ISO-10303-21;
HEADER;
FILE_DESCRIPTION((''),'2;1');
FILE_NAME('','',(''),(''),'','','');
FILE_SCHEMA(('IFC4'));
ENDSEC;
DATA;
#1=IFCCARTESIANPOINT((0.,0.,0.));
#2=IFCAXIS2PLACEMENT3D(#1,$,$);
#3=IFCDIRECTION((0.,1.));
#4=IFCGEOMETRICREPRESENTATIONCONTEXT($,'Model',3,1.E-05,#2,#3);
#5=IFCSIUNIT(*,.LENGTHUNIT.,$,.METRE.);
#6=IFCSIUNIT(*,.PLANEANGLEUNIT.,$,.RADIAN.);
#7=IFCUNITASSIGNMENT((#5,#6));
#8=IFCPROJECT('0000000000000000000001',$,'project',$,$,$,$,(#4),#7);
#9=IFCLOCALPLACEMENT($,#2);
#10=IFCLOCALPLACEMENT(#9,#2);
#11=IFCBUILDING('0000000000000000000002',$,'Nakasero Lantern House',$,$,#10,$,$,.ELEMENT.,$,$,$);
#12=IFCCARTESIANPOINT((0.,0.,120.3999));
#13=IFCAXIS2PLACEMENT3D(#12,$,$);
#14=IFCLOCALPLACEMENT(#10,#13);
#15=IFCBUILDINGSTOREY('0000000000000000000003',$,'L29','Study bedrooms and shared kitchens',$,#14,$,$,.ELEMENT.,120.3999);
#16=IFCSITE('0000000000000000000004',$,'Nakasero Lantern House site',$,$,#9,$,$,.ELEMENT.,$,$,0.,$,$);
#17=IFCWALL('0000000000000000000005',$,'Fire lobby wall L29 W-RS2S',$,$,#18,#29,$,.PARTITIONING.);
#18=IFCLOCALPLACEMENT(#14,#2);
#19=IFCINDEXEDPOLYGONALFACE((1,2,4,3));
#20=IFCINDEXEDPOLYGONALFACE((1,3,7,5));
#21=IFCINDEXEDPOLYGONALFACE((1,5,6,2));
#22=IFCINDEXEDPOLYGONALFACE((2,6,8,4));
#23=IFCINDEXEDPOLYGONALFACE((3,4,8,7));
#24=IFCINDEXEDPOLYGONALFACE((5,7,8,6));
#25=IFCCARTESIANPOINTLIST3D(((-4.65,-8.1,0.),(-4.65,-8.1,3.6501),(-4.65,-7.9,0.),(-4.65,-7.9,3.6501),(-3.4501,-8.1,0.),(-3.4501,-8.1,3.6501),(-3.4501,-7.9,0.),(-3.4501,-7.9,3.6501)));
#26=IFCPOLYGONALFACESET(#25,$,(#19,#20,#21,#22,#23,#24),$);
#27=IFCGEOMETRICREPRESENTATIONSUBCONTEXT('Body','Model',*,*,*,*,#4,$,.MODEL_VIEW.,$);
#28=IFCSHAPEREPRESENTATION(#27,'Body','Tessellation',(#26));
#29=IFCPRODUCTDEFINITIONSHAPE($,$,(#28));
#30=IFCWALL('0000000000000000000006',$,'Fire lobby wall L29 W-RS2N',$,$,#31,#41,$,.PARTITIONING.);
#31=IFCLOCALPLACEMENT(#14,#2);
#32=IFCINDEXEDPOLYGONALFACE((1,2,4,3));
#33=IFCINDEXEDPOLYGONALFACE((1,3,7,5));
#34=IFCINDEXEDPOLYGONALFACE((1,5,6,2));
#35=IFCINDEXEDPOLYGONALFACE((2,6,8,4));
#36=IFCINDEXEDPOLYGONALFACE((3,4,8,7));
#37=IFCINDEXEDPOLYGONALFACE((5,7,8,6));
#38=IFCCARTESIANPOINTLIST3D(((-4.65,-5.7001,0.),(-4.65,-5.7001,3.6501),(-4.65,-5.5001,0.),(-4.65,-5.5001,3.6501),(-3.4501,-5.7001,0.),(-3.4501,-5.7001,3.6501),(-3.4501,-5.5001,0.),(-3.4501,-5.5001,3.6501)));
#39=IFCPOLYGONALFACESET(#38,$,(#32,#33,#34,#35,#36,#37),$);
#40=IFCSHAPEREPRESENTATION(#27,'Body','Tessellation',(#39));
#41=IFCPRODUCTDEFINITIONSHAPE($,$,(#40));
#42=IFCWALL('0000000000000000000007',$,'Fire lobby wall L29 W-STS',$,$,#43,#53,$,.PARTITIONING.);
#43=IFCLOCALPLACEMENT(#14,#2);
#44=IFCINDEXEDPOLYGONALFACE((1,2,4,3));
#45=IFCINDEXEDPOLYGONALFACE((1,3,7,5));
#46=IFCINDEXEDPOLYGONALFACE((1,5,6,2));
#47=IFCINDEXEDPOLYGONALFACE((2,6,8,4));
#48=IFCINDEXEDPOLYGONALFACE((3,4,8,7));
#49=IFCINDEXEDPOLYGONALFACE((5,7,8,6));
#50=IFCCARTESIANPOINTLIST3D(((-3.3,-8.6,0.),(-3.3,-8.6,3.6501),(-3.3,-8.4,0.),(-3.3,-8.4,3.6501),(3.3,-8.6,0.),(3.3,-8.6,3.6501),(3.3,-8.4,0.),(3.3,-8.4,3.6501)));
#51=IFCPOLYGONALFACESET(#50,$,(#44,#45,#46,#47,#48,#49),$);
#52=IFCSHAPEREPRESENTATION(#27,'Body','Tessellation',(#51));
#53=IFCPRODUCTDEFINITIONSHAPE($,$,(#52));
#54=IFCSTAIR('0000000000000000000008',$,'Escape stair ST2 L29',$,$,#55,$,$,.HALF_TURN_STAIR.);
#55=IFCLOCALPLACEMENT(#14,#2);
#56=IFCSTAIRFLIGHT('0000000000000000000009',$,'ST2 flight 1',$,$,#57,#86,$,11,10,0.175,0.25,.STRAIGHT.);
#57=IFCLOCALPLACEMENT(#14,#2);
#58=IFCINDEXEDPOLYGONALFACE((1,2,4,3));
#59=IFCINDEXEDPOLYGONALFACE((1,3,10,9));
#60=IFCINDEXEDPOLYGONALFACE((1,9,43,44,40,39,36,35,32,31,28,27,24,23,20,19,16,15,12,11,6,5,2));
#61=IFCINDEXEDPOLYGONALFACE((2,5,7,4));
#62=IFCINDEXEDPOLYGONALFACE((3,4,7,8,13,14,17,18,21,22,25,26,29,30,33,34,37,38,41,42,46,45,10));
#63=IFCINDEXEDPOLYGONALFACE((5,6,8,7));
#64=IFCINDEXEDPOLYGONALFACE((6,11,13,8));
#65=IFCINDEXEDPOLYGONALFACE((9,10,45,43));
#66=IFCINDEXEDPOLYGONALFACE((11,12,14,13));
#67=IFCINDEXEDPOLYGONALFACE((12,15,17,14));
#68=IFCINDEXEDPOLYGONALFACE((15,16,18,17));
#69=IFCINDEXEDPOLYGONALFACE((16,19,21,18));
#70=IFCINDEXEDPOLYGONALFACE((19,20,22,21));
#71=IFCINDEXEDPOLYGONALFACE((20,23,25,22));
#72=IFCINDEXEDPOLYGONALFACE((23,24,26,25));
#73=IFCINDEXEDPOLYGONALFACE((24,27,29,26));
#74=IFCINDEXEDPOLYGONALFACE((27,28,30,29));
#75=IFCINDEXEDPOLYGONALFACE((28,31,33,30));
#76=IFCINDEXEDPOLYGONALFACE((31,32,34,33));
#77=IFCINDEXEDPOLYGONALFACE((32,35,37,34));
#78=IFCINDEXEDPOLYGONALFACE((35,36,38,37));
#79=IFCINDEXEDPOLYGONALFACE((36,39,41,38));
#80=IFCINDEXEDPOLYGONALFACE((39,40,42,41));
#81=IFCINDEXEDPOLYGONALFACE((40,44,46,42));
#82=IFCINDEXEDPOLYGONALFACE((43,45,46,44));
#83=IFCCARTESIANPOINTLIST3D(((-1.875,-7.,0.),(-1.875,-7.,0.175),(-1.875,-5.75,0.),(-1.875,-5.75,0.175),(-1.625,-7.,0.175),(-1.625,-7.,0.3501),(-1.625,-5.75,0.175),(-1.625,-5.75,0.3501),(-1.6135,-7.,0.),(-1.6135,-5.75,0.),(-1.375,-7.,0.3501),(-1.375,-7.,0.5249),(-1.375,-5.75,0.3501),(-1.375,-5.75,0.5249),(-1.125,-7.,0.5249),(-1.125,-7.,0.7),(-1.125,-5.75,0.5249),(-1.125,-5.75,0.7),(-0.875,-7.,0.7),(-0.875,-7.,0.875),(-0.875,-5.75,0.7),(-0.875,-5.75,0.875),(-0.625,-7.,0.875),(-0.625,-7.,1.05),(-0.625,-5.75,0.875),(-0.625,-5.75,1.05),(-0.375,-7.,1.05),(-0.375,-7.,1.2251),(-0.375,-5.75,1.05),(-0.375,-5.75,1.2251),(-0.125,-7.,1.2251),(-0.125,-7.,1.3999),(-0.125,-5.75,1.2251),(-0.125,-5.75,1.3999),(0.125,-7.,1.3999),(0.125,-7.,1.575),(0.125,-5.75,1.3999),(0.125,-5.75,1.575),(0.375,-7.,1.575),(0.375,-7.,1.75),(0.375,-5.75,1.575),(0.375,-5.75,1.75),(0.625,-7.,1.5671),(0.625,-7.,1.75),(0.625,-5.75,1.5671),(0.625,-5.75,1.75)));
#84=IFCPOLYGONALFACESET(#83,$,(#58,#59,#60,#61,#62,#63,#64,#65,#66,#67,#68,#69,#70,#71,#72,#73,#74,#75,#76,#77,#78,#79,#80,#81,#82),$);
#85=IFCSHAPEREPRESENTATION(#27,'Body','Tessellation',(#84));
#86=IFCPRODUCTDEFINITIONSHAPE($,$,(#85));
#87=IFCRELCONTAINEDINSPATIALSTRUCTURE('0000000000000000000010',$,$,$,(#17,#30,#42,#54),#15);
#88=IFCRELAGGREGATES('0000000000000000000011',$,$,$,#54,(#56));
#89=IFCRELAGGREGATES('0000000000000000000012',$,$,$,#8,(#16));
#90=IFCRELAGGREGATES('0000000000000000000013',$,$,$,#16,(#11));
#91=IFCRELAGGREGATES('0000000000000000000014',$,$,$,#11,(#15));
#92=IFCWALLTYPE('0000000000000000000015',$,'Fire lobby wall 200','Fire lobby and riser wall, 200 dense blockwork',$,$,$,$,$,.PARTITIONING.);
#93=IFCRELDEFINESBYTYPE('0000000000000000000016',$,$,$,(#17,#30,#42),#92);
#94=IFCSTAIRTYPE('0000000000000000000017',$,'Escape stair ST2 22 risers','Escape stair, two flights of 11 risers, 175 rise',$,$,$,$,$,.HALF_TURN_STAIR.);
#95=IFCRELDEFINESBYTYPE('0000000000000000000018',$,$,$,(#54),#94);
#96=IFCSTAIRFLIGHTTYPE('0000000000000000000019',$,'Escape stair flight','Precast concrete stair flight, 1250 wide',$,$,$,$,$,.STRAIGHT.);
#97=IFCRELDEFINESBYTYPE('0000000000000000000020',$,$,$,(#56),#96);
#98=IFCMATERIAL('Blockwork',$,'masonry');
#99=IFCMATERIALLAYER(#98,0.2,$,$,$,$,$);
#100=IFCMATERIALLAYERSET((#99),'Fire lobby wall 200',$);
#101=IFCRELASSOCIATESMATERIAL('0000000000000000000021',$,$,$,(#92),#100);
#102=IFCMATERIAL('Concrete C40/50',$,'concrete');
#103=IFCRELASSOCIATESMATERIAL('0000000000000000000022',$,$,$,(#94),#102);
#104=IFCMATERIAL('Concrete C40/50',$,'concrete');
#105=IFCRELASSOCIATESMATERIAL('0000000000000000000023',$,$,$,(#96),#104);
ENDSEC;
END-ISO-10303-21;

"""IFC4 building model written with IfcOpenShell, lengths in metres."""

from ifc_helpers import new_model, si_unit, direction, frame, frame_2d, origin, place, context, subcontext, project, spatial, polyline, rectangle, outline, extrude, material, layer, layer_set, type_object, element, aggregate, save


model = new_model("IFC4")

# Units and contexts
model_context = context("Model", 3, precision=1e-05, world=origin(), true_north=direction((0.0, 1.0)))
body_context = subcontext(model_context, "Body", "Model", "MODEL_VIEW")
ifc_project = project(units=[si_unit("LENGTHUNIT", "METRE"), si_unit("PLANEANGLEUNIT", "RADIAN")], contexts=[model_context])

# Site, building, storey
site_placement = place(None, origin())
site = spatial("IfcSite", under=ifc_project, at=site_placement, Name="Nakasero Lantern House site", CompositionType="ELEMENT", RefElevation=0.0)
building_placement = place(site_placement, origin())
building = spatial("IfcBuilding", under=site, at=building_placement, Name="Nakasero Lantern House", CompositionType="ELEMENT")
storey_placement = place(building_placement, frame((0.0, 0.0, 120.3999)))
storey = spatial("IfcBuildingStorey", under=building, at=storey_placement, Name="L29", Description="Study bedrooms and shared kitchens", CompositionType="ELEMENT", Elevation=120.3999)

# Shared definitions
ifc_material_1 = material(Name="Blockwork", Category="masonry")
ifc_layer_1 = layer(ifc_material_1, 0.2)
ifc_layer_set_1 = layer_set([ifc_layer_1], Name="Fire lobby wall 200")
wall_type_1 = type_object("IfcWallType", Name="Fire lobby wall 200", Description="Fire lobby and riser wall, 200 dense blockwork", PredefinedType="PARTITIONING", material=ifc_layer_set_1)

# Walls
for number, where, z_axis, x_axis, name in (
    (1, (-3.45, -8.0, 0.0), (0.0, 0.0, 1.0), (-1.0, 0.0, 0.0), "Fire lobby wall L29 W-RS2S"),
    (2, (-3.45, -5.6001, 0.0), (0.0, 0.0, 1.0), (-1.0, 0.0, 0.0), "Fire lobby wall L29 W-RS2N"),
):
    element("IfcWall", number, at=place(storey_placement, frame(where, z_axis=z_axis, x_axis=x_axis)), inside=storey, type_object=wall_type_1, Name=name, PredefinedType="PARTITIONING", context=body_context, shape_type="SweptSolid", body=[
        extrude(rectangle(XDim=1.2, YDim=0.2, at=frame_2d((0.6001, 0.0))), origin(), (0.0, 0.0, 1.0), 3.6501),
    ])
wall_1_placement = place(storey_placement, frame((-3.3, -8.5, 0.0), z_axis=(0.0, 0.0, 1.0), x_axis=(1.0, 0.0, 0.0)))
element("IfcWall", 3, at=wall_1_placement, inside=storey, type_object=wall_type_1, Name="Fire lobby wall L29 W-STS", PredefinedType="PARTITIONING", context=body_context, shape_type="SweptSolid", body=[
    extrude(rectangle(XDim=6.6001, YDim=0.2, at=frame_2d((3.3, 0.0))), origin(), (0.0, 0.0, 1.0), 3.6501),
])

# Stair, stair flight
ifc_material_2 = material(Name="Concrete C40/50", Category="concrete")
stair_type = type_object("IfcStairType", Name="Escape stair ST2 22 risers", Description="Escape stair, two flights of 11 risers, 175 rise", PredefinedType="HALF_TURN_STAIR", material=ifc_material_2)
stair_placement = place(storey_placement, origin())
stair = element("IfcStair", 4, at=stair_placement, inside=storey, type_object=stair_type, Name="Escape stair ST2 L29", PredefinedType="HALF_TURN_STAIR")
ifc_material_3 = material(Name="Concrete C40/50", Category="concrete")
stair_flight_type = type_object("IfcStairFlightType", Name="Escape stair flight", Description="Precast concrete stair flight, 1250 wide", PredefinedType="STRAIGHT", material=ifc_material_3)
stair_flight_placement = place(storey_placement, frame((-1.875, -6.375, 0.0), z_axis=(0.0, 0.0, 1.0), x_axis=(1.0, 0.0, 0.0)))
stair_flight = element("IfcStairFlight", 5, at=stair_flight_placement, type_object=stair_flight_type, Name="ST2 flight 1", NumberOfRisers=11, NumberOfTreads=10, PredefinedType="STRAIGHT", RiserHeight=0.175, TreadLength=0.25, context=body_context, shape_type="SweptSolid", body=[
    extrude(outline(polyline([(0.0, 0.0), (0.0, 0.175), (0.25, 0.175), (0.25, 0.3501), (0.5, 0.3501), (0.5, 0.5249), (0.75, 0.5249), (0.75, 0.7), (1.0, 0.7), (1.0, 0.875), (1.25, 0.875), (1.25, 1.05), (1.5, 1.05), (1.5, 1.2251), (1.75, 1.2251), (1.75, 1.3999), (2.0, 1.3999), (2.0, 1.575), (2.25, 1.575), (2.25, 1.75), (2.5, 1.75), (2.5, 1.925), (2.5, 1.5671), (0.2615, 0.0), (0.0, 0.0)])), frame((0.0, 0.625, 0.0), z_axis=(0.0, -1.0, 0.0), x_axis=(1.0, 0.0, 0.0)), (0.0, 0.0, 1.0), 1.25),
])
aggregate(stair, [stair_flight])

save(model, "model.ifc")
